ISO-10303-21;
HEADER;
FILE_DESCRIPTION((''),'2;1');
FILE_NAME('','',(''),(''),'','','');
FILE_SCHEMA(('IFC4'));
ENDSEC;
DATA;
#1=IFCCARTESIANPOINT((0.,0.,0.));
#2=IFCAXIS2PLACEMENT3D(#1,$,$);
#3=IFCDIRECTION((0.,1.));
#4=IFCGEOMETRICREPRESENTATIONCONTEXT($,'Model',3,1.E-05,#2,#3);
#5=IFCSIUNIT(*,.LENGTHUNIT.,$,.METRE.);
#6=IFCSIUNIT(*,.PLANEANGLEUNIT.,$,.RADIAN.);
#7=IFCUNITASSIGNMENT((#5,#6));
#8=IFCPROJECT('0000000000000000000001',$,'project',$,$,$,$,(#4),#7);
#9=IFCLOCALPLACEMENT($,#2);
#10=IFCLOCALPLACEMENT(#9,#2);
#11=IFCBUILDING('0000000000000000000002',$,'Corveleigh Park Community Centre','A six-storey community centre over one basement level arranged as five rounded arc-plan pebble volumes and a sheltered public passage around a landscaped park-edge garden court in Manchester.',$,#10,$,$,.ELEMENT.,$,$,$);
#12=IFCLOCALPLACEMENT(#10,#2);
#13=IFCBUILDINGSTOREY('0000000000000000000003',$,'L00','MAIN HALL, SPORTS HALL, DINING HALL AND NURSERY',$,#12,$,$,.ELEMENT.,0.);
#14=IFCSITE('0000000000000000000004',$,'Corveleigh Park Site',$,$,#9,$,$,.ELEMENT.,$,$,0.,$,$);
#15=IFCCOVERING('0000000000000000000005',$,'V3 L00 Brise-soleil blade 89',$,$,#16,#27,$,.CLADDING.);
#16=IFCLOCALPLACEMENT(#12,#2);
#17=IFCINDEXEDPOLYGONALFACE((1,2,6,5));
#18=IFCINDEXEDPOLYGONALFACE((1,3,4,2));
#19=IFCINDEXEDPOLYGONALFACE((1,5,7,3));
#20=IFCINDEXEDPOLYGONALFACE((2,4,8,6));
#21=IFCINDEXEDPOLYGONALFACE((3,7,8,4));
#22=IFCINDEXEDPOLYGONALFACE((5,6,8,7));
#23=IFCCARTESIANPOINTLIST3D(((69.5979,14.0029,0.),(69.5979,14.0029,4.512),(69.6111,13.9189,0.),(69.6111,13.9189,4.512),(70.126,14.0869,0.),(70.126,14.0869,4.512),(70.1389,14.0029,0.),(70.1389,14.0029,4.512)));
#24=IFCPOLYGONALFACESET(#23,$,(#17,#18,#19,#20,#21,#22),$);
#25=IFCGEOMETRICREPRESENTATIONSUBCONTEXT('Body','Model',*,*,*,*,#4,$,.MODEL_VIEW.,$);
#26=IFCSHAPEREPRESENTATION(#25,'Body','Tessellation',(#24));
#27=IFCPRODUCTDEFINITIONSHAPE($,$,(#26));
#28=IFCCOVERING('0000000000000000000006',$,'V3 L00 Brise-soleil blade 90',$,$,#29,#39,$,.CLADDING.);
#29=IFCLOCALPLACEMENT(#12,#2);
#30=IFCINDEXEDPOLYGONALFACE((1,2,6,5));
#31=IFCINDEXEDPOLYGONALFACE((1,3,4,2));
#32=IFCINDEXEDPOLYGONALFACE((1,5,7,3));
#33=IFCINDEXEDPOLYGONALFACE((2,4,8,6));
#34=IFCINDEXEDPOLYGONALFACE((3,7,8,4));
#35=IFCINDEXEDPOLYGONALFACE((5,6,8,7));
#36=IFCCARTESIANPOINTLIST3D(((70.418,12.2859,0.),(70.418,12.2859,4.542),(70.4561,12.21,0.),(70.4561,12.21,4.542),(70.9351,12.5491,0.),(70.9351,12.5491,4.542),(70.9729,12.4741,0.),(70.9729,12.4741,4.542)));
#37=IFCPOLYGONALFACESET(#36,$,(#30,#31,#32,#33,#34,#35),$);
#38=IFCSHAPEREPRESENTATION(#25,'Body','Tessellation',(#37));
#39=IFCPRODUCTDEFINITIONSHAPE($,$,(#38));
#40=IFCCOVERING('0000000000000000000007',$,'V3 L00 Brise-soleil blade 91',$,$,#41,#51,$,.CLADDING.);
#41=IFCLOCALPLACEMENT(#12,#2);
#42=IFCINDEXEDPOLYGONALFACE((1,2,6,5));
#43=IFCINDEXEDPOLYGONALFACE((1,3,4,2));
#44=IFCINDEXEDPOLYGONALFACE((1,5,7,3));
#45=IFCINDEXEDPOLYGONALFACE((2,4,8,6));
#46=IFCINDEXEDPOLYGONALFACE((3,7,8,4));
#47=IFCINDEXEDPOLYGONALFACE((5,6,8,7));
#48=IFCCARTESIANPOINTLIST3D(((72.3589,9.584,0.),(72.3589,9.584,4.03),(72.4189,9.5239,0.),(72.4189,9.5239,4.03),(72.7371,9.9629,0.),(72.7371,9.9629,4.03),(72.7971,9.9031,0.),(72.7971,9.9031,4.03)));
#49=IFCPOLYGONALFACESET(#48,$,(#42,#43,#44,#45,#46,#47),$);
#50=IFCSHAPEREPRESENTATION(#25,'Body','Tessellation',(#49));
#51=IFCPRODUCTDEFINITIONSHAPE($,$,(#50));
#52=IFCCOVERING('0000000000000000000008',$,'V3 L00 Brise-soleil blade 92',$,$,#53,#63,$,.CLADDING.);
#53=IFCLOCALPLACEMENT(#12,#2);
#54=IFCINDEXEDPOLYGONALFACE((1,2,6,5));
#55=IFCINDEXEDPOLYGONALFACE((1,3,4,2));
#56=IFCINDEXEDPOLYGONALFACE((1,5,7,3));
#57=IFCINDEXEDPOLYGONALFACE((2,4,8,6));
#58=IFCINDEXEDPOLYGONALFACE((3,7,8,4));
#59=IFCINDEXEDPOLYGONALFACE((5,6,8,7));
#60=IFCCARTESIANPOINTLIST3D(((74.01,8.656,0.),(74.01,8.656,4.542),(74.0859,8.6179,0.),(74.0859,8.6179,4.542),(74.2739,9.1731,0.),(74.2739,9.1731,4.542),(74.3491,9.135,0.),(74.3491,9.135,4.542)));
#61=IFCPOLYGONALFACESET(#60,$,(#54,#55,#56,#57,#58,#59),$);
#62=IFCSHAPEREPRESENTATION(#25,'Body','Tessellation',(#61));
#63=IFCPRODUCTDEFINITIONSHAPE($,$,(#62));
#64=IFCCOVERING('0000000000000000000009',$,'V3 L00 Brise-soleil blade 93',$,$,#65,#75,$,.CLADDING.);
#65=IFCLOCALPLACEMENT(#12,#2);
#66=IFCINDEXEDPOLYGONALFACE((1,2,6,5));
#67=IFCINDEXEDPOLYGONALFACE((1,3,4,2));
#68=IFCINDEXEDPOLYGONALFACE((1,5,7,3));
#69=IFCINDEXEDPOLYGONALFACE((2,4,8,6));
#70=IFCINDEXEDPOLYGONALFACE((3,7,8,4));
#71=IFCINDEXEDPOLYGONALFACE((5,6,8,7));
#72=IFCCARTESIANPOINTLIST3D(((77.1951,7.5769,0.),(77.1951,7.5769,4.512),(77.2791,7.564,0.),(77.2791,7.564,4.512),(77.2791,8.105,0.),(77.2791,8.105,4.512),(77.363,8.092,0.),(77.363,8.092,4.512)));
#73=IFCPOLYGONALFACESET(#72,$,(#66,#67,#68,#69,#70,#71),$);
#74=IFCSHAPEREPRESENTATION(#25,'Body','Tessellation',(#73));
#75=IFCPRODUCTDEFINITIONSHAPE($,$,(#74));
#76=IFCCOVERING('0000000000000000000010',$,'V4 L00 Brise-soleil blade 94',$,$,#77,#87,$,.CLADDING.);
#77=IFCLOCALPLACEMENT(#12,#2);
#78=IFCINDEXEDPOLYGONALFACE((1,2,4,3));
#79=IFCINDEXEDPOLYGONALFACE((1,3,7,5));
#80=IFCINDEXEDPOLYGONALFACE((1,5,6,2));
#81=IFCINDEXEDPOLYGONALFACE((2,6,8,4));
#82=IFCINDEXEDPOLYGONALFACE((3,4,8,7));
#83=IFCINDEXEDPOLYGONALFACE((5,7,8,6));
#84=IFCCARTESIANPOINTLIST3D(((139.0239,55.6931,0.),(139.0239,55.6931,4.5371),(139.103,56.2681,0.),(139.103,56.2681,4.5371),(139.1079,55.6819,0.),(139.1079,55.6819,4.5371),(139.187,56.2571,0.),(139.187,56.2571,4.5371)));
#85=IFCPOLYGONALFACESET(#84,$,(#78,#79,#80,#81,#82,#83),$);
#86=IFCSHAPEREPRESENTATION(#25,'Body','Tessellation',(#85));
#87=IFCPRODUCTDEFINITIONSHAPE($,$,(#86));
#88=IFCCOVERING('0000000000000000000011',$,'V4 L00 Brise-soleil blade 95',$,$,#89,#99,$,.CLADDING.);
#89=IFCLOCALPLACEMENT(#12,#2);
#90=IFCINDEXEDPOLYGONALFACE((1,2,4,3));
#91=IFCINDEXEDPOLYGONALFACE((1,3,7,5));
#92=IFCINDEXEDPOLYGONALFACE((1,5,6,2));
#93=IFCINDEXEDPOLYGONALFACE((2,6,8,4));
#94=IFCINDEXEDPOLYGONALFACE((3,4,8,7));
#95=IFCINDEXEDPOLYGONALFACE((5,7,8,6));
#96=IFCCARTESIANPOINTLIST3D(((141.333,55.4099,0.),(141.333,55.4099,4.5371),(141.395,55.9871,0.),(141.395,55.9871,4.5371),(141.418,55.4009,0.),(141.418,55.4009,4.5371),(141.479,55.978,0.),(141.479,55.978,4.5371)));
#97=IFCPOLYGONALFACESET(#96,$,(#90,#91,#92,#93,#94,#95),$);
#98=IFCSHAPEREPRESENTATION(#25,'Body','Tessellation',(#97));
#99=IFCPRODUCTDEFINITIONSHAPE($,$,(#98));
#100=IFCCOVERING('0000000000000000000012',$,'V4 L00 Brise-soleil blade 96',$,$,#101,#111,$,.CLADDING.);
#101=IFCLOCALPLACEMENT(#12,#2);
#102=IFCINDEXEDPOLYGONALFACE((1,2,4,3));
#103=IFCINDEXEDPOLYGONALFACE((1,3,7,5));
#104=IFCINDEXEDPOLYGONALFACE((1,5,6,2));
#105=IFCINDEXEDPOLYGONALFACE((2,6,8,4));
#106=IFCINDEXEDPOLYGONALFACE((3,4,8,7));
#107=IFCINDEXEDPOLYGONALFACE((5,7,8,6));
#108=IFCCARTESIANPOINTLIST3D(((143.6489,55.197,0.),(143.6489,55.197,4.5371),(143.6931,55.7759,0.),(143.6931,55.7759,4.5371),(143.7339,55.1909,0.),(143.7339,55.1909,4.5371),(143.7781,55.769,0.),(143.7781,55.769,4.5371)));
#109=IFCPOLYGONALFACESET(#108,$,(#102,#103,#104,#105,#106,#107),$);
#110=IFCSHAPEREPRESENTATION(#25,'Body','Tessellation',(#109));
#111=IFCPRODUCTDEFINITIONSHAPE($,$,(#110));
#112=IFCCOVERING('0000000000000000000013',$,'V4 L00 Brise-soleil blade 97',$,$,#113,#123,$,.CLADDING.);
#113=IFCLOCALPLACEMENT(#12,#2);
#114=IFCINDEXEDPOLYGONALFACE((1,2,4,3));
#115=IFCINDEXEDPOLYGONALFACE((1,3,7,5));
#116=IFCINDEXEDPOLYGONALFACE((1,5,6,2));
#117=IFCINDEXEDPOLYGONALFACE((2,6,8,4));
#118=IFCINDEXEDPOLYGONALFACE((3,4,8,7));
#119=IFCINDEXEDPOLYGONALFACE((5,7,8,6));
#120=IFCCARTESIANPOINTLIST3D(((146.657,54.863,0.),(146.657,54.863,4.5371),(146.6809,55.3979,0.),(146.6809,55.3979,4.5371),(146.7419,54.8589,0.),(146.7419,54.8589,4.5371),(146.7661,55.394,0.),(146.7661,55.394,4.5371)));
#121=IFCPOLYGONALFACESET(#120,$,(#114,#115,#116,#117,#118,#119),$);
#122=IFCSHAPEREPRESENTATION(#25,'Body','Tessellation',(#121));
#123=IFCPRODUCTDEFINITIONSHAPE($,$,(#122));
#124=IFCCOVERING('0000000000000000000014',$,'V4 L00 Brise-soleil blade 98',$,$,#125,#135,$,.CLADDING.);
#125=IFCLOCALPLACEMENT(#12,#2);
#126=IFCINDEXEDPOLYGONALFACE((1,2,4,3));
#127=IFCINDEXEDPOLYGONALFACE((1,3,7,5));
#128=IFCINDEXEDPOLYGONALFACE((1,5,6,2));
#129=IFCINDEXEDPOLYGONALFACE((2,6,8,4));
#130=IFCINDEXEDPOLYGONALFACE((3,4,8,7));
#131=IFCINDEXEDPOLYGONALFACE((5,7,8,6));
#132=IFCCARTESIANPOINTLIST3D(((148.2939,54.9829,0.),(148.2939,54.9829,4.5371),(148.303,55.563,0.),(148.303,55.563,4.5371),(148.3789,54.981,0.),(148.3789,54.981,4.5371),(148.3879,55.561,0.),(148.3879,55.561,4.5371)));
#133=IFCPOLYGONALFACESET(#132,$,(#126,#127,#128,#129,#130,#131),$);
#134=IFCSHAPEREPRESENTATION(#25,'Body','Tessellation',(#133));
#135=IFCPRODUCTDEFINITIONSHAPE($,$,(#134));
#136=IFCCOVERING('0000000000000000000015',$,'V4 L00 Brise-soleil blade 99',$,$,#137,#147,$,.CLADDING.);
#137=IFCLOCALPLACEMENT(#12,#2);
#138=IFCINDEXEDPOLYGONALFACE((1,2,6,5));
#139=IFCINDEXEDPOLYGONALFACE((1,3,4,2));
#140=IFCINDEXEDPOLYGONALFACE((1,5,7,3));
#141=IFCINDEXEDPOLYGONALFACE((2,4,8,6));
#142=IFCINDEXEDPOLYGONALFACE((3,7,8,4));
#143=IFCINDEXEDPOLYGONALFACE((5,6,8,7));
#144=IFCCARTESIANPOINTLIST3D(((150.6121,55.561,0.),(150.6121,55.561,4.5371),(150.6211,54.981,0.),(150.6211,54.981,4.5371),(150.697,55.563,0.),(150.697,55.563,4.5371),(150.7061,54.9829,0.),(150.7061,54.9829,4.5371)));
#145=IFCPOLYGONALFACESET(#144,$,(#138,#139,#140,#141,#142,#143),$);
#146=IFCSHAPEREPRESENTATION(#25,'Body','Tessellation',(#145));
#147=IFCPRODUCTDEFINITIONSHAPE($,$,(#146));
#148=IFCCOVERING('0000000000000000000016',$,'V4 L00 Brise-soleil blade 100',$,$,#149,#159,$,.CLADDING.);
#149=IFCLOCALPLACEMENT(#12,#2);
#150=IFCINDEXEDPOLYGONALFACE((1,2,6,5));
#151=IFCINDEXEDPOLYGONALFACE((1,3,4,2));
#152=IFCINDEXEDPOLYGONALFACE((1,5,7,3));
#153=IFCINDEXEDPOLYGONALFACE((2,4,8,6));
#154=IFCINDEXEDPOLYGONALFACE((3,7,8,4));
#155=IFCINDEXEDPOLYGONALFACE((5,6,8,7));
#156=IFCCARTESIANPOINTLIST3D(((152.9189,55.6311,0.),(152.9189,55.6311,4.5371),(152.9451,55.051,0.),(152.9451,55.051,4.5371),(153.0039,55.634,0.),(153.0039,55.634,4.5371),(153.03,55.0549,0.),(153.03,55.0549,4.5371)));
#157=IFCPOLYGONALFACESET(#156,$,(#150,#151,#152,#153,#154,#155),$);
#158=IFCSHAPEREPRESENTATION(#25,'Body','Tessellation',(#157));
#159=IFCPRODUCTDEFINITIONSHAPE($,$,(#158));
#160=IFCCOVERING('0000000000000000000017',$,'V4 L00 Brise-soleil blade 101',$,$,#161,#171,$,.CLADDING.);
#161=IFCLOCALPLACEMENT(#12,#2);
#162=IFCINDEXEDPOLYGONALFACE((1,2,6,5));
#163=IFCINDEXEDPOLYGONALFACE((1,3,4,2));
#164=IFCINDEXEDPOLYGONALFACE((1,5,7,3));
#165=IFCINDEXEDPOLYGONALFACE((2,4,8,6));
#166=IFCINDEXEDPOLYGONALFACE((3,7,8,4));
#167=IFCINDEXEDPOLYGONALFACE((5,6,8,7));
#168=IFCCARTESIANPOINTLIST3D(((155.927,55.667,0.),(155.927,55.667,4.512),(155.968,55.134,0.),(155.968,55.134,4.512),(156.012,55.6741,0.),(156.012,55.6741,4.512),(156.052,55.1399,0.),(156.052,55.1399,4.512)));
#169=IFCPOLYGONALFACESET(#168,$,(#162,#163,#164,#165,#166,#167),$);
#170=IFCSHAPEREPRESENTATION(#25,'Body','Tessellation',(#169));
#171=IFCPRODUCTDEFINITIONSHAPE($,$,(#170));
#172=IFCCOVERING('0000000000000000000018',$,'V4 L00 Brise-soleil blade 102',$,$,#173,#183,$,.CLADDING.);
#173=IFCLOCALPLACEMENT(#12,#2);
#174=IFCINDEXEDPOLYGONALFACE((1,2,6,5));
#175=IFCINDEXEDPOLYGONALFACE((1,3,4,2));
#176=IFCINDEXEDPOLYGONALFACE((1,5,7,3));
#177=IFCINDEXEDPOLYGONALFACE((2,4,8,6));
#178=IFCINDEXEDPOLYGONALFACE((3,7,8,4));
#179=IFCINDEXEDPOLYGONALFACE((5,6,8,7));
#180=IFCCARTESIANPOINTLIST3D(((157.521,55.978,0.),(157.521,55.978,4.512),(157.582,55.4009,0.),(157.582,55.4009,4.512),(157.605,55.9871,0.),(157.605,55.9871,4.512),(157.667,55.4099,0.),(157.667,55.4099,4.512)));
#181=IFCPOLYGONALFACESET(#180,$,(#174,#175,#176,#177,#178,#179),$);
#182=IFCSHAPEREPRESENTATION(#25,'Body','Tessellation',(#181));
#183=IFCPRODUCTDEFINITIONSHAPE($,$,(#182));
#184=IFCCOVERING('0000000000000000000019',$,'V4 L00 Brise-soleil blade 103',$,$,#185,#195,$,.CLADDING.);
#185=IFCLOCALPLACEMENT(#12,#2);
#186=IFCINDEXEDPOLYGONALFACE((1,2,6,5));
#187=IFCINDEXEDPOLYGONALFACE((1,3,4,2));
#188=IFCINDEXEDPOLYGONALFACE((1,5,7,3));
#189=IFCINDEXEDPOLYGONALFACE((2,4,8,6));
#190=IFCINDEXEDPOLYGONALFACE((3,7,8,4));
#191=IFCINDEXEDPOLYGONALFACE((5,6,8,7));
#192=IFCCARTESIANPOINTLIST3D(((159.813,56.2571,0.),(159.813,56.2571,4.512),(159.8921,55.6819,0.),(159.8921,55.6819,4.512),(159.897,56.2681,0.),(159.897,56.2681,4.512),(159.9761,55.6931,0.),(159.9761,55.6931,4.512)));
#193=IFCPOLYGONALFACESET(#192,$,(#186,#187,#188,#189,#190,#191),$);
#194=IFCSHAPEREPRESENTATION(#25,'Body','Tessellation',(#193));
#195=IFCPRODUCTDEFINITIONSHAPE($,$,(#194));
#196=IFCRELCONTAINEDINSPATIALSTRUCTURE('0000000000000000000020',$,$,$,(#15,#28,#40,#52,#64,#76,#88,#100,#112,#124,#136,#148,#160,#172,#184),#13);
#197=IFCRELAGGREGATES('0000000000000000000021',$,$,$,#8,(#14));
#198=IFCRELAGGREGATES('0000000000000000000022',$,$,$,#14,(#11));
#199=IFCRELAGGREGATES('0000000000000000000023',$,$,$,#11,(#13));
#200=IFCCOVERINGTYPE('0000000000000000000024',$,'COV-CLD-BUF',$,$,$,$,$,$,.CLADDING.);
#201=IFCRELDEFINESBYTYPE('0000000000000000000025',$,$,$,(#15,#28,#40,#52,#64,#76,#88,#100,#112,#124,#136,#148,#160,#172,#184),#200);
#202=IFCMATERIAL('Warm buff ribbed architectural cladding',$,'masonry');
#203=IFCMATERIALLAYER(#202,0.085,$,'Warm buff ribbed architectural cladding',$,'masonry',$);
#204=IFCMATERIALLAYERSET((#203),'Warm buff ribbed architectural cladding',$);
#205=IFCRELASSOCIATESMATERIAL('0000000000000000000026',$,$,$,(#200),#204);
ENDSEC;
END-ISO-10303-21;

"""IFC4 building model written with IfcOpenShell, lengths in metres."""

from ifc_helpers import new_model, si_unit, direction, origin, place, context, subcontext, project, spatial, polyline, outline, extrude, material, layer, layer_set, type_object, element, save


model = new_model("IFC4")

# Units and contexts
model_context = context("Model", 3, precision=1e-05, world=origin(), true_north=direction((0.0, 1.0)))
body_context = subcontext(model_context, "Body", "Model", "MODEL_VIEW")
ifc_project = project(units=[si_unit("LENGTHUNIT", "METRE"), si_unit("PLANEANGLEUNIT", "RADIAN")], contexts=[model_context])

# Site, building, storey
site_placement = place(None, origin())
site = spatial("IfcSite", under=ifc_project, at=site_placement, Name="Corveleigh Park Site", CompositionType="ELEMENT", RefElevation=0.0)
building_placement = place(site_placement, origin())
building = spatial("IfcBuilding", under=site, at=building_placement, Name="Corveleigh Park Community Centre", Description="A six-storey community centre over one basement level arranged as five rounded arc-plan pebble volumes and a sheltered public passage around a landscaped park-edge garden court in Manchester.", CompositionType="ELEMENT")
storey_placement = place(building_placement, origin())
storey = spatial("IfcBuildingStorey", under=building, at=storey_placement, Name="L00", Description="MAIN HALL, SPORTS HALL, DINING HALL AND NURSERY", CompositionType="ELEMENT", Elevation=0.0)

# Coverings
ifc_material = material(Name="Warm buff ribbed architectural cladding", Category="masonry")
ifc_layer = layer(ifc_material, 0.085, Name="Warm buff ribbed architectural cladding", Category="masonry")
ifc_layer_set = layer_set([ifc_layer], Name="Warm buff ribbed architectural cladding")
covering_type = type_object("IfcCoveringType", Name="COV-CLD-BUF", PredefinedType="CLADDING", material=ifc_layer_set)
covering_1_placement = place(storey_placement, origin())
element("IfcCovering", 1, at=covering_1_placement, inside=storey, type_object=covering_type, Name="V3 L00 Brise-soleil blade 89", PredefinedType="CLADDING", context=body_context, shape_type="SweptSolid", body=[
    extrude(outline(polyline([(70.1389, 14.0029), (70.126, 14.0869), (69.5979, 14.0029), (69.6111, 13.9189), (70.1389, 14.0029)])), origin(), (0.0, 0.0, 1.0), 4.512),
])
covering_2_placement = place(storey_placement, origin())
element("IfcCovering", 2, at=covering_2_placement, inside=storey, type_object=covering_type, Name="V3 L00 Brise-soleil blade 90", PredefinedType="CLADDING", context=body_context, shape_type="SweptSolid", body=[
    extrude(outline(polyline([(70.9729, 12.4741), (70.9351, 12.5491), (70.418, 12.2859), (70.4561, 12.21), (70.9729, 12.4741)])), origin(), (0.0, 0.0, 1.0), 4.542),
])
covering_3_placement = place(storey_placement, origin())
element("IfcCovering", 3, at=covering_3_placement, inside=storey, type_object=covering_type, Name="V3 L00 Brise-soleil blade 91", PredefinedType="CLADDING", context=body_context, shape_type="SweptSolid", body=[
    extrude(outline(polyline([(72.7971, 9.9031), (72.7371, 9.9629), (72.3589, 9.584), (72.4189, 9.5239), (72.7971, 9.9031)])), origin(), (0.0, 0.0, 1.0), 4.03),
])
covering_4_placement = place(storey_placement, origin())
element("IfcCovering", 4, at=covering_4_placement, inside=storey, type_object=covering_type, Name="V3 L00 Brise-soleil blade 92", PredefinedType="CLADDING", context=body_context, shape_type="SweptSolid", body=[
    extrude(outline(polyline([(74.3491, 9.135), (74.2739, 9.1731), (74.01, 8.656), (74.0859, 8.6179), (74.3491, 9.135)])), origin(), (0.0, 0.0, 1.0), 4.542),
])
covering_5_placement = place(storey_placement, origin())
element("IfcCovering", 5, at=covering_5_placement, inside=storey, type_object=covering_type, Name="V3 L00 Brise-soleil blade 93", PredefinedType="CLADDING", context=body_context, shape_type="SweptSolid", body=[
    extrude(outline(polyline([(77.363, 8.092), (77.2791, 8.105), (77.1951, 7.5769), (77.2791, 7.564), (77.363, 8.092)])), origin(), (0.0, 0.0, 1.0), 4.512),
])
covering_6_placement = place(storey_placement, origin())
element("IfcCovering", 6, at=covering_6_placement, inside=storey, type_object=covering_type, Name="V4 L00 Brise-soleil blade 94", PredefinedType="CLADDING", context=body_context, shape_type="SweptSolid", body=[
    extrude(outline(polyline([(139.187, 56.2571), (139.103, 56.2681), (139.0239, 55.6931), (139.1079, 55.6819), (139.187, 56.2571)])), origin(), (0.0, 0.0, 1.0), 4.5371),
])
covering_7_placement = place(storey_placement, origin())
element("IfcCovering", 7, at=covering_7_placement, inside=storey, type_object=covering_type, Name="V4 L00 Brise-soleil blade 95", PredefinedType="CLADDING", context=body_context, shape_type="SweptSolid", body=[
    extrude(outline(polyline([(141.479, 55.978), (141.395, 55.9871), (141.333, 55.4099), (141.418, 55.4009), (141.479, 55.978)])), origin(), (0.0, 0.0, 1.0), 4.5371),
])
covering_8_placement = place(storey_placement, origin())
element("IfcCovering", 8, at=covering_8_placement, inside=storey, type_object=covering_type, Name="V4 L00 Brise-soleil blade 96", PredefinedType="CLADDING", context=body_context, shape_type="SweptSolid", body=[
    extrude(outline(polyline([(143.7781, 55.769), (143.6931, 55.7759), (143.6489, 55.197), (143.7339, 55.1909), (143.7781, 55.769)])), origin(), (0.0, 0.0, 1.0), 4.5371),
])
covering_9_placement = place(storey_placement, origin())
element("IfcCovering", 9, at=covering_9_placement, inside=storey, type_object=covering_type, Name="V4 L00 Brise-soleil blade 97", PredefinedType="CLADDING", context=body_context, shape_type="SweptSolid", body=[
    extrude(outline(polyline([(146.7661, 55.394), (146.6809, 55.3979), (146.657, 54.863), (146.7419, 54.8589), (146.7661, 55.394)])), origin(), (0.0, 0.0, 1.0), 4.5371),
])
covering_10_placement = place(storey_placement, origin())
element("IfcCovering", 10, at=covering_10_placement, inside=storey, type_object=covering_type, Name="V4 L00 Brise-soleil blade 98", PredefinedType="CLADDING", context=body_context, shape_type="SweptSolid", body=[
    extrude(outline(polyline([(148.3879, 55.561), (148.303, 55.563), (148.2939, 54.9829), (148.3789, 54.981), (148.3879, 55.561)])), origin(), (0.0, 0.0, 1.0), 4.5371),
])
covering_11_placement = place(storey_placement, origin())
element("IfcCovering", 11, at=covering_11_placement, inside=storey, type_object=covering_type, Name="V4 L00 Brise-soleil blade 99", PredefinedType="CLADDING", context=body_context, shape_type="SweptSolid", body=[
    extrude(outline(polyline([(150.697, 55.563), (150.6121, 55.561), (150.6211, 54.981), (150.7061, 54.9829), (150.697, 55.563)])), origin(), (0.0, 0.0, 1.0), 4.5371),
])
covering_12_placement = place(storey_placement, origin())
element("IfcCovering", 12, at=covering_12_placement, inside=storey, type_object=covering_type, Name="V4 L00 Brise-soleil blade 100", PredefinedType="CLADDING", context=body_context, shape_type="SweptSolid", body=[
    extrude(outline(polyline([(153.0039, 55.634), (152.9189, 55.6311), (152.9451, 55.051), (153.03, 55.0549), (153.0039, 55.634)])), origin(), (0.0, 0.0, 1.0), 4.5371),
])
covering_13_placement = place(storey_placement, origin())
element("IfcCovering", 13, at=covering_13_placement, inside=storey, type_object=covering_type, Name="V4 L00 Brise-soleil blade 101", PredefinedType="CLADDING", context=body_context, shape_type="SweptSolid", body=[
    extrude(outline(polyline([(156.012, 55.6741), (155.927, 55.667), (155.968, 55.134), (156.052, 55.1399), (156.012, 55.6741)])), origin(), (0.0, 0.0, 1.0), 4.512),
])
covering_14_placement = place(storey_placement, origin())
element("IfcCovering", 14, at=covering_14_placement, inside=storey, type_object=covering_type, Name="V4 L00 Brise-soleil blade 102", PredefinedType="CLADDING", context=body_context, shape_type="SweptSolid", body=[
    extrude(outline(polyline([(157.605, 55.9871), (157.521, 55.978), (157.582, 55.4009), (157.667, 55.4099), (157.605, 55.9871)])), origin(), (0.0, 0.0, 1.0), 4.512),
])
covering_15_placement = place(storey_placement, origin())
element("IfcCovering", 15, at=covering_15_placement, inside=storey, type_object=covering_type, Name="V4 L00 Brise-soleil blade 103", PredefinedType="CLADDING", context=body_context, shape_type="SweptSolid", body=[
    extrude(outline(polyline([(159.897, 56.2681), (159.813, 56.2571), (159.8921, 55.6819), (159.9761, 55.6931), (159.897, 56.2681)])), origin(), (0.0, 0.0, 1.0), 4.512),
])

save(model, "model.ifc")
